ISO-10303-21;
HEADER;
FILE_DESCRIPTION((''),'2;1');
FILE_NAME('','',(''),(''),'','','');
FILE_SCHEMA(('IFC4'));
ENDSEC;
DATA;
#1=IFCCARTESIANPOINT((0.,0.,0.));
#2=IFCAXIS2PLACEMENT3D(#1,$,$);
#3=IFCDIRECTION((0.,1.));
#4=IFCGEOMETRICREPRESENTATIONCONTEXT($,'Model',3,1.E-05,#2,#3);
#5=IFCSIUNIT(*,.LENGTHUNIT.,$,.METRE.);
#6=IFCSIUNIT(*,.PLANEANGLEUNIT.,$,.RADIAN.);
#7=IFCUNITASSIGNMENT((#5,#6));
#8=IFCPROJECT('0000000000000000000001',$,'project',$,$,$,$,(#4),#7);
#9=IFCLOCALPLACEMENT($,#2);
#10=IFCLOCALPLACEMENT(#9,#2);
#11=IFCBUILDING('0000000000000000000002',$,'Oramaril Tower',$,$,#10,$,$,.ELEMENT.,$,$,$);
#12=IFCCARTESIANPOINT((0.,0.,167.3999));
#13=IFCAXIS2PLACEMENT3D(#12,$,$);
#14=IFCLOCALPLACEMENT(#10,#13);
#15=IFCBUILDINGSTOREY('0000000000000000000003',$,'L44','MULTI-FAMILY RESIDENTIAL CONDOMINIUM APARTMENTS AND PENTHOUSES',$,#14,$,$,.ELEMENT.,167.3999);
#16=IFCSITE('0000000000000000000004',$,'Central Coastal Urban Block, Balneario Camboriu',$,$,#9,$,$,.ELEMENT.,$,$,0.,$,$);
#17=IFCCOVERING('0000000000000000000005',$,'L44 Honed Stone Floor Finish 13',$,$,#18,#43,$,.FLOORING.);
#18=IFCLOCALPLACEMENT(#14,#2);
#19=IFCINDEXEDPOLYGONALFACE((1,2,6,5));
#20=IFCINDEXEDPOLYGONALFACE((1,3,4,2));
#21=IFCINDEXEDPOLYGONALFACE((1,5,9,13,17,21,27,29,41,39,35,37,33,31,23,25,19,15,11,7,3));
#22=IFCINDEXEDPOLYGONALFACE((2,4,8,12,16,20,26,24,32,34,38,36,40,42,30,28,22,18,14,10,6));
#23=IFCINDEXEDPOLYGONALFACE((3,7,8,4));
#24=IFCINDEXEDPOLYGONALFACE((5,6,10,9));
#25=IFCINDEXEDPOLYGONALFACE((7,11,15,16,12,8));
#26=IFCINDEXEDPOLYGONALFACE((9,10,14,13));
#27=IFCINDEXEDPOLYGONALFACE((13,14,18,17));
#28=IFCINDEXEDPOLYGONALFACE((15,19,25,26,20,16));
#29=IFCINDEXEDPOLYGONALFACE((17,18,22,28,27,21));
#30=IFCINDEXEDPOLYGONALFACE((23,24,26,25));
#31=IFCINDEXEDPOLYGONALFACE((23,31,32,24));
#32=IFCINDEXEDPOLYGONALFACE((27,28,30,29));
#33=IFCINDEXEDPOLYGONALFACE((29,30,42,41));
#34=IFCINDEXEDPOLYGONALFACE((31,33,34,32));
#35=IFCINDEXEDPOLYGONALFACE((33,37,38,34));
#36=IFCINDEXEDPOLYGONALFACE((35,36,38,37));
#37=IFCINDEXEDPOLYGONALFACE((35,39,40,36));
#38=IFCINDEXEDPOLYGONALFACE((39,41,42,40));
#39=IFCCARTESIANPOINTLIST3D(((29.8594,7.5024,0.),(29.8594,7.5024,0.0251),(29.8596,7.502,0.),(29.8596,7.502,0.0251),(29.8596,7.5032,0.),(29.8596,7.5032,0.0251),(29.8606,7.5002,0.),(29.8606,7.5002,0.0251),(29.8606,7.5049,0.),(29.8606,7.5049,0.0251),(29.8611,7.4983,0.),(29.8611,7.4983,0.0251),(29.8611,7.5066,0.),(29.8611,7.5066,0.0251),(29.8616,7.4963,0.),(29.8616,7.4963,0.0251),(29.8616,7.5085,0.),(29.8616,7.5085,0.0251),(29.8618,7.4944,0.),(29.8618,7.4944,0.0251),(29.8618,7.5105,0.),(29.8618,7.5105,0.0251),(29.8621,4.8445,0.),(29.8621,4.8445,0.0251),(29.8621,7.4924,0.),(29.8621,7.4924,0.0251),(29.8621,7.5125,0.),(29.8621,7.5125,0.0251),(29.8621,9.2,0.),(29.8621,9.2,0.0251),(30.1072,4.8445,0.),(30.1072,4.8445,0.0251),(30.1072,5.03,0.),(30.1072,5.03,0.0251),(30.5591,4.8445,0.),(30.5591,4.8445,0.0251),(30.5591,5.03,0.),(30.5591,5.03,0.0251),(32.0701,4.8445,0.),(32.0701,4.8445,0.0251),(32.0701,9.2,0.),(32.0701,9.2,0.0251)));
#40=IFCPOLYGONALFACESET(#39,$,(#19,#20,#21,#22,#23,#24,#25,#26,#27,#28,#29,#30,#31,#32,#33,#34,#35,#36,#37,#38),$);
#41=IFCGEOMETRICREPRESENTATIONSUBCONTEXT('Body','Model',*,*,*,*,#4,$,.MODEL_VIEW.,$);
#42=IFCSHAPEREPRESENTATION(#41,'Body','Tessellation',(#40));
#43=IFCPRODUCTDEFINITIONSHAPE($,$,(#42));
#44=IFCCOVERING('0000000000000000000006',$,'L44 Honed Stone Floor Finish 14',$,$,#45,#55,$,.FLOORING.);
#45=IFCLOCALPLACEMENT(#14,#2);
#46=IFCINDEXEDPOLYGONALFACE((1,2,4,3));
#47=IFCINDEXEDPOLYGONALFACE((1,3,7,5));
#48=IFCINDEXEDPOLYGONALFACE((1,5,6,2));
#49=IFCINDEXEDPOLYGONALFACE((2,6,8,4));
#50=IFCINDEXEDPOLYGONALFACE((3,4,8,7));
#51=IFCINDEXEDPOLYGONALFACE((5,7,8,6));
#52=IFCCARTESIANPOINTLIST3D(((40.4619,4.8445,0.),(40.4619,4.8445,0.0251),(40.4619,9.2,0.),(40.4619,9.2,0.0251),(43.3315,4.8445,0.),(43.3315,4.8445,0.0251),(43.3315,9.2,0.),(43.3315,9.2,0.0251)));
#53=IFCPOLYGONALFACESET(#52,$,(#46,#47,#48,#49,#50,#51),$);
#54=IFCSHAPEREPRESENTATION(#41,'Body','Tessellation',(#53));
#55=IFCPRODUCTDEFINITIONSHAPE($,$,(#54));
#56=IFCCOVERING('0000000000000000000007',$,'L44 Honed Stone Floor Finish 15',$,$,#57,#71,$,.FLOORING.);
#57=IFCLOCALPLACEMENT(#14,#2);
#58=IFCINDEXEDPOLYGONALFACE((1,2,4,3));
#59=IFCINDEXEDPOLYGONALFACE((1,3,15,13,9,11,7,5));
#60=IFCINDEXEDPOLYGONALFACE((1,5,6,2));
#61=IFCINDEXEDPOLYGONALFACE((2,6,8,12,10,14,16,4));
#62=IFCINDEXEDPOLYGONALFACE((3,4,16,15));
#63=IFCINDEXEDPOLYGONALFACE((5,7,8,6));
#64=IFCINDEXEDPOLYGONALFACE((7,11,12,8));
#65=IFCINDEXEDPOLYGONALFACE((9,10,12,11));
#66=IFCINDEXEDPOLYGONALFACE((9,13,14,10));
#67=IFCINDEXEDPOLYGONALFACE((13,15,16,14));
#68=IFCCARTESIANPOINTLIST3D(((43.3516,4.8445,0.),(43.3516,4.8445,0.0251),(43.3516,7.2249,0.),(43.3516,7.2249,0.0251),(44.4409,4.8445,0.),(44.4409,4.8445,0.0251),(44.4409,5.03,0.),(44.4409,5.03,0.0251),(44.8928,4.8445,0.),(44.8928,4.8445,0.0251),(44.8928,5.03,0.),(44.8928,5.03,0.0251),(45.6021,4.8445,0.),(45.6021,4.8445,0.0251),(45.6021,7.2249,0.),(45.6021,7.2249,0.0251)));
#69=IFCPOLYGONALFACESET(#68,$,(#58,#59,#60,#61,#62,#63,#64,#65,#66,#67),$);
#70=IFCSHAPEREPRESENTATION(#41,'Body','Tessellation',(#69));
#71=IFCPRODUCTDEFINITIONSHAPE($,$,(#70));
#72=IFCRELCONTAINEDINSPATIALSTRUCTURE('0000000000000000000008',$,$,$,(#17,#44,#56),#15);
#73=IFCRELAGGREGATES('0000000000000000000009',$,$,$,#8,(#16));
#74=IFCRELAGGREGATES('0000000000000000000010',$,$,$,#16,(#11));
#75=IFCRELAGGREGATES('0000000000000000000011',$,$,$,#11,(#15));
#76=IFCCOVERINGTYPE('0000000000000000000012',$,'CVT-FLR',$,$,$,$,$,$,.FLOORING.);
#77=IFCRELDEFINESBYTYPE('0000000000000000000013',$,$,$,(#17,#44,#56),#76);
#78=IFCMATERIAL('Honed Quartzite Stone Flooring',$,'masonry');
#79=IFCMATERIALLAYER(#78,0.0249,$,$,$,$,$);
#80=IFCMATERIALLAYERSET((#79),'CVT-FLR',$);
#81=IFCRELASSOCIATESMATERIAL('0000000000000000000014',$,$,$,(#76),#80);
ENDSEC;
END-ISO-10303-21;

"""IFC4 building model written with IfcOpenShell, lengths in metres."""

from ifc_helpers import new_model, si_unit, direction, frame, origin, place, context, subcontext, project, spatial, polyline, outline, extrude, material, layer, layer_set, type_object, element, save


model = new_model("IFC4")

# Units and contexts
model_context = context("Model", 3, precision=1e-05, world=origin(), true_north=direction((0.0, 1.0)))
body_context = subcontext(model_context, "Body", "Model", "MODEL_VIEW")
ifc_project = project(units=[si_unit("LENGTHUNIT", "METRE"), si_unit("PLANEANGLEUNIT", "RADIAN")], contexts=[model_context])

# Site, building, storey
site_placement = place(None, origin())
site = spatial("IfcSite", under=ifc_project, at=site_placement, Name="Central Coastal Urban Block, Balneario Camboriu", CompositionType="ELEMENT", RefElevation=0.0)
building_placement = place(site_placement, origin())
building = spatial("IfcBuilding", under=site, at=building_placement, Name="Oramaril Tower", CompositionType="ELEMENT")
storey_placement = place(building_placement, frame((0.0, 0.0, 167.3999)))
storey = spatial("IfcBuildingStorey", under=building, at=storey_placement, Name="L44", Description="MULTI-FAMILY RESIDENTIAL CONDOMINIUM APARTMENTS AND PENTHOUSES", CompositionType="ELEMENT", Elevation=167.3999)

# Coverings
ifc_material_1 = material(Name="Honed Quartzite Stone Flooring", Category="masonry")
ifc_layer_1 = layer(ifc_material_1, 0.0249)
ifc_layer_set_1 = layer_set([ifc_layer_1], Name="CVT-FLR")
covering_type_1 = type_object("IfcCoveringType", Name="CVT-FLR", PredefinedType="FLOORING", material=ifc_layer_set_1)
covering_1_placement = place(storey_placement, origin())
element("IfcCovering", 1, at=covering_1_placement, inside=storey, type_object=covering_type_1, Name="L44 Honed Stone Floor Finish 13", PredefinedType="FLOORING", context=body_context, shape_type="SweptSolid", body=[
    extrude(outline(polyline([(30.5591, 4.8445), (30.5591, 5.03), (30.1072, 5.03), (30.1072, 4.8445), (29.8621, 4.8445), (29.8621, 7.4924), (29.8618, 7.4944), (29.8616, 7.4963), (29.8611, 7.4983), (29.8606, 7.5002), (29.8596, 7.502), (29.8594, 7.5024), (29.8596, 7.5032), (29.8606, 7.5049), (29.8611, 7.5066), (29.8616, 7.5085), (29.8618, 7.5105), (29.8621, 7.5125), (29.8621, 9.2), (32.0701, 9.2), (32.0701, 4.8445), (30.5591, 4.8445)])), origin(), (0.0, 0.0, 1.0), 0.0251),
])
covering_2_placement = place(storey_placement, origin())
element("IfcCovering", 2, at=covering_2_placement, inside=storey, type_object=covering_type_1, Name="L44 Honed Stone Floor Finish 14", PredefinedType="FLOORING", context=body_context, shape_type="SweptSolid", body=[
    extrude(outline(polyline([(43.3315, 4.8445), (40.4619, 4.8445), (40.4619, 9.2), (43.3315, 9.2), (43.3315, 4.8445)])), origin(), (0.0, 0.0, 1.0), 0.0251),
])
covering_3_placement = place(storey_placement, origin())
element("IfcCovering", 3, at=covering_3_placement, inside=storey, type_object=covering_type_1, Name="L44 Honed Stone Floor Finish 15", PredefinedType="FLOORING", context=body_context, shape_type="SweptSolid", body=[
    extrude(outline(polyline([(44.8928, 5.03), (44.4409, 5.03), (44.4409, 4.8445), (43.3516, 4.8445), (43.3516, 7.2249), (45.6021, 7.2249), (45.6021, 4.8445), (44.8928, 4.8445), (44.8928, 5.03)])), origin(), (0.0, 0.0, 1.0), 0.0251),
])

save(model, "model.ifc")
